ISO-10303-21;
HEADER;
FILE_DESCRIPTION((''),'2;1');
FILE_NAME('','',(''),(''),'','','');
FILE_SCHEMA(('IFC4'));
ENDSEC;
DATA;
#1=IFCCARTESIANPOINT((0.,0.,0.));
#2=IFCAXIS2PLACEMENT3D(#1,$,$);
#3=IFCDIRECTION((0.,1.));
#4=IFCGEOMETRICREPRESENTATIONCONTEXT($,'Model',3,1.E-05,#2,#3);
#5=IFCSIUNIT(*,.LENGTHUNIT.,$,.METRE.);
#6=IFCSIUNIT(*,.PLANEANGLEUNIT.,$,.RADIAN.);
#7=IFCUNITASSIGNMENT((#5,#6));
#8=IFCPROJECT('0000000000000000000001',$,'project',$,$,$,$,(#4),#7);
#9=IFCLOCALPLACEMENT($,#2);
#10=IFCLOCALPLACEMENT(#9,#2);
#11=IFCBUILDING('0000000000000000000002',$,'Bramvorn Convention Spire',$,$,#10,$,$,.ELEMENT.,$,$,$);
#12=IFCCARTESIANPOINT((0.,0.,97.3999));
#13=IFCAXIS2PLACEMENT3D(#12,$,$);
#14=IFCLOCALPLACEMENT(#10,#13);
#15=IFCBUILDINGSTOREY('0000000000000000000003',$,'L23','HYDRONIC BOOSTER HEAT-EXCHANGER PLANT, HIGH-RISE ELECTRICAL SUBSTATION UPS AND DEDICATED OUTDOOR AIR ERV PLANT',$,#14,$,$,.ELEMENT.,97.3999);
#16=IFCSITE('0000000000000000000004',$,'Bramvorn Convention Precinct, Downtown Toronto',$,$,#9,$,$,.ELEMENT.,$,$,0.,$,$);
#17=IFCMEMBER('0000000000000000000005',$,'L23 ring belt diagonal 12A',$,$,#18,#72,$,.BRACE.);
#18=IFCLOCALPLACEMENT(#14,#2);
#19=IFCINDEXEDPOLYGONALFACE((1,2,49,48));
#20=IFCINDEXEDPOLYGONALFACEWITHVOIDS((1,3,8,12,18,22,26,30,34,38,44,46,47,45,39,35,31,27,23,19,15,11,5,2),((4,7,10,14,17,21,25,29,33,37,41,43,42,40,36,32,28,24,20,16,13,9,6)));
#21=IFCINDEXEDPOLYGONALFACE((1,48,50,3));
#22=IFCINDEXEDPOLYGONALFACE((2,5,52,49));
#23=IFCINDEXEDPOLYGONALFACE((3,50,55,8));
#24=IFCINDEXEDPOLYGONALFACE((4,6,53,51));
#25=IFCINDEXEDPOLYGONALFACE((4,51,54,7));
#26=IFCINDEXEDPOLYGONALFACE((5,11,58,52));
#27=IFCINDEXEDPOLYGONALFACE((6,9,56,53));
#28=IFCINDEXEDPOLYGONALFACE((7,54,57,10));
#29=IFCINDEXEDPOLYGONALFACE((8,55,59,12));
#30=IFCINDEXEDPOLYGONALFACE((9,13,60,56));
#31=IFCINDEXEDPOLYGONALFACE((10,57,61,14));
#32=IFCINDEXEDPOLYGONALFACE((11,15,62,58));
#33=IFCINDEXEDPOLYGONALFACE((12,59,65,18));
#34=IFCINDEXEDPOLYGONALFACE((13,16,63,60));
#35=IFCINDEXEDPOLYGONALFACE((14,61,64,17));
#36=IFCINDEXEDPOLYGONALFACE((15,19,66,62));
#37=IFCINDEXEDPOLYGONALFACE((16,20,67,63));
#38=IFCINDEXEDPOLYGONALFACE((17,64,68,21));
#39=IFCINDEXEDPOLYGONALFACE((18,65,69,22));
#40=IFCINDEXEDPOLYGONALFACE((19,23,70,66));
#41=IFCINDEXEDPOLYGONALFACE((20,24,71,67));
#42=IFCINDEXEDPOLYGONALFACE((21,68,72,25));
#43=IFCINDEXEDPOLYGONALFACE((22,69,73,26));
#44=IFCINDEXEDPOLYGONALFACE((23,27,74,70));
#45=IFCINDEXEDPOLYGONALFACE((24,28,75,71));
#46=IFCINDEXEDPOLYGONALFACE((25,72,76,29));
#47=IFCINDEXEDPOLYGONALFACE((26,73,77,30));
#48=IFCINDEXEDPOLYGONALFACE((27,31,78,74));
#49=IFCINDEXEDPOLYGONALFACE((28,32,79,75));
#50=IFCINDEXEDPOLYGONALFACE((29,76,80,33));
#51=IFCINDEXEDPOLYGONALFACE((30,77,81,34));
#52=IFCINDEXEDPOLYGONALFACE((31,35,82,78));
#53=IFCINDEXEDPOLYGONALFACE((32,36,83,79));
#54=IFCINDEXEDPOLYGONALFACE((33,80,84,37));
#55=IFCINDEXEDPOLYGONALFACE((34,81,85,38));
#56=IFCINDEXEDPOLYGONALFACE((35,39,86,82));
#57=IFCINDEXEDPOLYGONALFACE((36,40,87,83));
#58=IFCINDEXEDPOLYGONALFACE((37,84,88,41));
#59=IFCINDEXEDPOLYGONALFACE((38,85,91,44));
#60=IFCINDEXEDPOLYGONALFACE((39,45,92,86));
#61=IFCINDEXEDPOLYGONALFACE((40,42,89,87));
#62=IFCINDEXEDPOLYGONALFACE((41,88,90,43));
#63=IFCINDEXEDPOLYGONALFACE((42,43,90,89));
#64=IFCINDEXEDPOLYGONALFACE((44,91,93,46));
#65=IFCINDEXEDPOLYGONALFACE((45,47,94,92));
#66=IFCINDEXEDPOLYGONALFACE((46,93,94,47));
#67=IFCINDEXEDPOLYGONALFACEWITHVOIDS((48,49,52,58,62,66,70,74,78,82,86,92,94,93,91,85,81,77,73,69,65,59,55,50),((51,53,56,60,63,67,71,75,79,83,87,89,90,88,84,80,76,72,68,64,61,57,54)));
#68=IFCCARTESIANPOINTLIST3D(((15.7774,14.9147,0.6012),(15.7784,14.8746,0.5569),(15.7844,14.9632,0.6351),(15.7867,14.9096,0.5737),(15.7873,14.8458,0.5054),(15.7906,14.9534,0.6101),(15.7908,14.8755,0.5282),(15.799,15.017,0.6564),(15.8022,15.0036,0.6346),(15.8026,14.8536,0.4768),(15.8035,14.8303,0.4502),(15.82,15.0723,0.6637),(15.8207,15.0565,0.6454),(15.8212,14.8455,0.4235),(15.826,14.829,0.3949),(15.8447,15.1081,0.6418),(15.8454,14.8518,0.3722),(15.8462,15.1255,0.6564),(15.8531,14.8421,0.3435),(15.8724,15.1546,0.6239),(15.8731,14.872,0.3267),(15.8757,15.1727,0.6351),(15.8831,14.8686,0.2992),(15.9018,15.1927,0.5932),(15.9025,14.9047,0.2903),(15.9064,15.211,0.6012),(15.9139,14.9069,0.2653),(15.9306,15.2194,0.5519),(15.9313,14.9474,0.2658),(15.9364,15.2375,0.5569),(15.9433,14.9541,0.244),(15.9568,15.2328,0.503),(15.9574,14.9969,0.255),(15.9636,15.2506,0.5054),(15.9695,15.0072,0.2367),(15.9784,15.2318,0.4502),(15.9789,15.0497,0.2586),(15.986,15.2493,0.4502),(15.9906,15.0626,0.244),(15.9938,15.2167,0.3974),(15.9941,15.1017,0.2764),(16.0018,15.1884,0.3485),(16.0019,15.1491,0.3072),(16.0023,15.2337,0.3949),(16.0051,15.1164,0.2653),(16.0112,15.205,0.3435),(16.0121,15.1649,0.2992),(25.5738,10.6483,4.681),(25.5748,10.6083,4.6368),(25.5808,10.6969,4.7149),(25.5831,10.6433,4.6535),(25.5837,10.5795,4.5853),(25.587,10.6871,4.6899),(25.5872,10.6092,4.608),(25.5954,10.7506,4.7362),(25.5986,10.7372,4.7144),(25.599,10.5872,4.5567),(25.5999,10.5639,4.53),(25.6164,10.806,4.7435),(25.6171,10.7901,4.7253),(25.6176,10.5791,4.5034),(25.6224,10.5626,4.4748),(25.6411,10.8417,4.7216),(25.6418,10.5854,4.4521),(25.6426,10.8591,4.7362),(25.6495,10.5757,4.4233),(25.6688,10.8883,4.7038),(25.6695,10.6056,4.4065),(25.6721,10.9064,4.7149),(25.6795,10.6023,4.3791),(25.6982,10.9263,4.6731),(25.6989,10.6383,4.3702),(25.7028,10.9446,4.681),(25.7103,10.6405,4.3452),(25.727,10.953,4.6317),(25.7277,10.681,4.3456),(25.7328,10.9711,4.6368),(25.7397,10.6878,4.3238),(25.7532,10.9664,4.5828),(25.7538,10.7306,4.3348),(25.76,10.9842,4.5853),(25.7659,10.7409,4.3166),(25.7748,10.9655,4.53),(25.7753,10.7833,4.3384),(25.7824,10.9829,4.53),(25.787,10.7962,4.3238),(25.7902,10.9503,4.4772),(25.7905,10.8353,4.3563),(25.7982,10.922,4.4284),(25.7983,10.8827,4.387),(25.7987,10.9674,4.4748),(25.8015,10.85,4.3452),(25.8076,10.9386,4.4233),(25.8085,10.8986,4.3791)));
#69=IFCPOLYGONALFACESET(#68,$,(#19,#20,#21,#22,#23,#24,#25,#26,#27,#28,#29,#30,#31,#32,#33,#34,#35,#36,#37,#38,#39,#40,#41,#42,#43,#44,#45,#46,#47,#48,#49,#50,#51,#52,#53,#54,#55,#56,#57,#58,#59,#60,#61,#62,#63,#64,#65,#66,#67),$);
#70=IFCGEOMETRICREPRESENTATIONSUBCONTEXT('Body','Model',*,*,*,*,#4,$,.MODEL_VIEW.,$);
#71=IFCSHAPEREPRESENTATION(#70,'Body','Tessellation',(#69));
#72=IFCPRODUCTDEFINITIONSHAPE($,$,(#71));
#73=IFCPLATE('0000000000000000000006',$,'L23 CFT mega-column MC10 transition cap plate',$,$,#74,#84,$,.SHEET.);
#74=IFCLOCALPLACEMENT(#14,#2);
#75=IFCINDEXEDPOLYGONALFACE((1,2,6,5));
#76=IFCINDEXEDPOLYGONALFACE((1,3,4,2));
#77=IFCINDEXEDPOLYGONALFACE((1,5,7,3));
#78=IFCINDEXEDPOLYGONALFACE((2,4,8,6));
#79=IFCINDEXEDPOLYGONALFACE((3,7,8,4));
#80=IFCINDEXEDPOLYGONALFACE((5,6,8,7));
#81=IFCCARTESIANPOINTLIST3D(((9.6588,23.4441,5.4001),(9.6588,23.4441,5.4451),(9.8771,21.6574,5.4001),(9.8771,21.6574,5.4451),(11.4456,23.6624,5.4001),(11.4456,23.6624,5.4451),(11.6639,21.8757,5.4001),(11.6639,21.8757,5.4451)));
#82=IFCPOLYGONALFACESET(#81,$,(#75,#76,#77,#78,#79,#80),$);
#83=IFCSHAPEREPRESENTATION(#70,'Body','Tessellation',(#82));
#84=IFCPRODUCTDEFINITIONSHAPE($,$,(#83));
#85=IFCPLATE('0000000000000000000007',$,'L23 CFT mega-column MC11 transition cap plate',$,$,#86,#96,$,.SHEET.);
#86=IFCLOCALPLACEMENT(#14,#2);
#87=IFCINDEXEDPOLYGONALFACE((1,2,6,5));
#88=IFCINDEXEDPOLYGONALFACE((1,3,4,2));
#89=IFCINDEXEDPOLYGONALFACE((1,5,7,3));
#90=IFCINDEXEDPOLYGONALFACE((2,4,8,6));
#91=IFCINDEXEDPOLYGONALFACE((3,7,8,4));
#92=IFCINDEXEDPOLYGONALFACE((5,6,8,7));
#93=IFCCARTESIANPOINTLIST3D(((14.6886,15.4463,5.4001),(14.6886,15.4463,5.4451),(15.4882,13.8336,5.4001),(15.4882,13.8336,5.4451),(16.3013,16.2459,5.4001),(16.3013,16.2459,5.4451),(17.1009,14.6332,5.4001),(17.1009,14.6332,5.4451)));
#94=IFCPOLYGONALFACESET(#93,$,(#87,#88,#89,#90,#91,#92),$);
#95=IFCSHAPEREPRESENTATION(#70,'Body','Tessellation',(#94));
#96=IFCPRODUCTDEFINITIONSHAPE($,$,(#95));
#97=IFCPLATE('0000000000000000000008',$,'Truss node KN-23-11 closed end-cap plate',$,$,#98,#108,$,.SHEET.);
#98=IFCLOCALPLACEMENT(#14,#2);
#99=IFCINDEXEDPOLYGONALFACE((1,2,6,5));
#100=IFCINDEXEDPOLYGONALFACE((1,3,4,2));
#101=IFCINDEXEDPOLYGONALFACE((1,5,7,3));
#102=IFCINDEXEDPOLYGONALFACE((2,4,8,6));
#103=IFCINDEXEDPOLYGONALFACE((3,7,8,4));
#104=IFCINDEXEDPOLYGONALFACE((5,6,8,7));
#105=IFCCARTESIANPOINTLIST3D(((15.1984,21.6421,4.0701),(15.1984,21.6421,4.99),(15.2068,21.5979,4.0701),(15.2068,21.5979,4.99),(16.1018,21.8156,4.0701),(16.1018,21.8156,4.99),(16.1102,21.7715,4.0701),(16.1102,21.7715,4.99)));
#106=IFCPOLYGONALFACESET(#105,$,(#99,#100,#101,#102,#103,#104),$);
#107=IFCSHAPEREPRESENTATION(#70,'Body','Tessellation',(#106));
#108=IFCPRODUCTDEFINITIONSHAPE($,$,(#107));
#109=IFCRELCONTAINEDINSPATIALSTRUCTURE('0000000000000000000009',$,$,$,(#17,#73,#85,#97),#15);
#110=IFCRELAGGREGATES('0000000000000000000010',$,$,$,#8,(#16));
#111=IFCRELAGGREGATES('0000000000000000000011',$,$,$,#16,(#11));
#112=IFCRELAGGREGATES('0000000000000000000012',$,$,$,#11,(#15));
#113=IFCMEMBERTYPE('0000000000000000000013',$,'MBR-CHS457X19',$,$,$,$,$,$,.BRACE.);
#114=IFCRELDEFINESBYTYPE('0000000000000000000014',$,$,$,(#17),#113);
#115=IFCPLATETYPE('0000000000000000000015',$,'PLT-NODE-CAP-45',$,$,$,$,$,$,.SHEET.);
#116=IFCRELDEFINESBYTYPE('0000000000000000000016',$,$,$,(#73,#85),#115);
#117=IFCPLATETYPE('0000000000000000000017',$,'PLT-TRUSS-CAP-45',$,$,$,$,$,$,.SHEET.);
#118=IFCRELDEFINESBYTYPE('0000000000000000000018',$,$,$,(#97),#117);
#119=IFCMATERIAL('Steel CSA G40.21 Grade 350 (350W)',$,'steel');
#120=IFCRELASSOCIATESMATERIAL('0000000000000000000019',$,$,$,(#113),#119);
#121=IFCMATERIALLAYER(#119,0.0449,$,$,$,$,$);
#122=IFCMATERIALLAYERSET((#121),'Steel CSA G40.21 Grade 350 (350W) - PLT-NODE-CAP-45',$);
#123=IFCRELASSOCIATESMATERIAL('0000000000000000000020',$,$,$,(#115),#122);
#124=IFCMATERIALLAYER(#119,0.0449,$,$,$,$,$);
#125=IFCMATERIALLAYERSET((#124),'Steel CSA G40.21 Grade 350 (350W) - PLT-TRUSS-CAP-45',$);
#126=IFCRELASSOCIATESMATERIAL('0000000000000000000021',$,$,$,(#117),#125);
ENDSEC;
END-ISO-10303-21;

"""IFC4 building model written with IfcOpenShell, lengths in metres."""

from ifc_helpers import new_model, si_unit, direction, frame, origin, origin_2d, place, context, subcontext, project, spatial, rectangle, hollow_circle, extrude, material, layer, layer_set, material_profile, profile_set, type_object, element, save


model = new_model("IFC4")

# Units and contexts
model_context = context("Model", 3, precision=1e-05, world=origin(), true_north=direction((0.0, 1.0)))
body_context = subcontext(model_context, "Body", "Model", "MODEL_VIEW")
ifc_project = project(units=[si_unit("LENGTHUNIT", "METRE"), si_unit("PLANEANGLEUNIT", "RADIAN")], contexts=[model_context])

# Site, building, storey
site_placement = place(None, origin())
site = spatial("IfcSite", under=ifc_project, at=site_placement, Name="Bramvorn Convention Precinct, Downtown Toronto", CompositionType="ELEMENT", RefElevation=0.0)
building_placement = place(site_placement, origin())
building = spatial("IfcBuilding", under=site, at=building_placement, Name="Bramvorn Convention Spire", CompositionType="ELEMENT")
storey_placement = place(building_placement, frame((0.0, 0.0, 97.3999)))
storey = spatial("IfcBuildingStorey", under=building, at=storey_placement, Name="L23", Description="HYDRONIC BOOSTER HEAT-EXCHANGER PLANT, HIGH-RISE ELECTRICAL SUBSTATION UPS AND DEDICATED OUTDOOR AIR ERV PLANT", CompositionType="ELEMENT", Elevation=97.3999)

# Shared definitions
ifc_material_1 = material(Name="Steel CSA G40.21 Grade 350 (350W)", Category="steel")

# Member
ifc_material_profile_1 = material_profile(ifc_material_1, hollow_circle(Radius=0.2285, WallThickness=0.019, at=origin_2d()))
ifc_profile_set_1 = profile_set([ifc_material_profile_1], Name="Steel CSA G40.21 Grade 350 (350W) - CHS457X19")
member_type_1 = type_object("IfcMemberType", Name="MBR-CHS457X19", PredefinedType="BRACE", material=ifc_profile_set_1)
member_1_placement = place(storey_placement, frame((15.8948, 15.0398, 0.4502), z_axis=(0.856516, -0.373015, 0.356707), x_axis=(0.399282, 0.916828, 0.0)))
element("IfcMember", 1, at=member_1_placement, inside=storey, type_object=member_type_1, Name="L23 ring belt diagonal 12A", PredefinedType="BRACE", context=body_context, shape_type="SweptSolid", body=[
    extrude(hollow_circle(Radius=0.2285, WallThickness=0.019, at=origin_2d()), origin(), (0.0, 0.0, 1.0), 11.4375),
])

# Plates
ifc_layer_1 = layer(ifc_material_1, 0.0449)
ifc_layer_set_1 = layer_set([ifc_layer_1], Name="Steel CSA G40.21 Grade 350 (350W) - PLT-NODE-CAP-45")
plate_type_1 = type_object("IfcPlateType", Name="PLT-NODE-CAP-45", PredefinedType="SHEET", material=ifc_layer_set_1)
for number, where, z_axis, x_axis, name in (
    (2, (10.6614, 22.6599, 5.4001), (0.0, 0.0, 1.0), (-0.992619, -0.121273, 0.0), "L23 CFT mega-column MC10 transition cap plate"),
    (3, (15.8948, 15.0398, 5.4001), (0.0, 0.0, 1.0), (-0.89592, -0.444215, 0.0), "L23 CFT mega-column MC11 transition cap plate"),
):
    element("IfcPlate", number, at=place(storey_placement, frame(where, z_axis=z_axis, x_axis=x_axis)), inside=storey, type_object=plate_type_1, Name=name, PredefinedType="SHEET", context=body_context, shape_type="SweptSolid", body=[
        extrude(rectangle(XDim=1.8, YDim=1.8, at=origin_2d()), origin(), (0.0, 0.0, 1.0), 0.0449),
    ])
ifc_layer_2 = layer(ifc_material_1, 0.0449)
ifc_layer_set_2 = layer_set([ifc_layer_2], Name="Steel CSA G40.21 Grade 350 (350W) - PLT-TRUSS-CAP-45")
plate_type_2 = type_object("IfcPlateType", Name="PLT-TRUSS-CAP-45", PredefinedType="SHEET", material=ifc_layer_set_2)
plate_placement = place(storey_placement, frame((15.6543, 21.7068, 4.0701), z_axis=(0.0, 0.0, 1.0), x_axis=(-0.98204, -0.188672, 0.0)))
element("IfcPlate", 4, at=plate_placement, inside=storey, type_object=plate_type_2, Name="Truss node KN-23-11 closed end-cap plate", PredefinedType="SHEET", context=body_context, shape_type="SweptSolid", body=[
    extrude(rectangle(XDim=0.9199, YDim=0.0449, at=origin_2d()), origin(), (0.0, 0.0, 1.0), 0.9199),
])

save(model, "model.ifc")
